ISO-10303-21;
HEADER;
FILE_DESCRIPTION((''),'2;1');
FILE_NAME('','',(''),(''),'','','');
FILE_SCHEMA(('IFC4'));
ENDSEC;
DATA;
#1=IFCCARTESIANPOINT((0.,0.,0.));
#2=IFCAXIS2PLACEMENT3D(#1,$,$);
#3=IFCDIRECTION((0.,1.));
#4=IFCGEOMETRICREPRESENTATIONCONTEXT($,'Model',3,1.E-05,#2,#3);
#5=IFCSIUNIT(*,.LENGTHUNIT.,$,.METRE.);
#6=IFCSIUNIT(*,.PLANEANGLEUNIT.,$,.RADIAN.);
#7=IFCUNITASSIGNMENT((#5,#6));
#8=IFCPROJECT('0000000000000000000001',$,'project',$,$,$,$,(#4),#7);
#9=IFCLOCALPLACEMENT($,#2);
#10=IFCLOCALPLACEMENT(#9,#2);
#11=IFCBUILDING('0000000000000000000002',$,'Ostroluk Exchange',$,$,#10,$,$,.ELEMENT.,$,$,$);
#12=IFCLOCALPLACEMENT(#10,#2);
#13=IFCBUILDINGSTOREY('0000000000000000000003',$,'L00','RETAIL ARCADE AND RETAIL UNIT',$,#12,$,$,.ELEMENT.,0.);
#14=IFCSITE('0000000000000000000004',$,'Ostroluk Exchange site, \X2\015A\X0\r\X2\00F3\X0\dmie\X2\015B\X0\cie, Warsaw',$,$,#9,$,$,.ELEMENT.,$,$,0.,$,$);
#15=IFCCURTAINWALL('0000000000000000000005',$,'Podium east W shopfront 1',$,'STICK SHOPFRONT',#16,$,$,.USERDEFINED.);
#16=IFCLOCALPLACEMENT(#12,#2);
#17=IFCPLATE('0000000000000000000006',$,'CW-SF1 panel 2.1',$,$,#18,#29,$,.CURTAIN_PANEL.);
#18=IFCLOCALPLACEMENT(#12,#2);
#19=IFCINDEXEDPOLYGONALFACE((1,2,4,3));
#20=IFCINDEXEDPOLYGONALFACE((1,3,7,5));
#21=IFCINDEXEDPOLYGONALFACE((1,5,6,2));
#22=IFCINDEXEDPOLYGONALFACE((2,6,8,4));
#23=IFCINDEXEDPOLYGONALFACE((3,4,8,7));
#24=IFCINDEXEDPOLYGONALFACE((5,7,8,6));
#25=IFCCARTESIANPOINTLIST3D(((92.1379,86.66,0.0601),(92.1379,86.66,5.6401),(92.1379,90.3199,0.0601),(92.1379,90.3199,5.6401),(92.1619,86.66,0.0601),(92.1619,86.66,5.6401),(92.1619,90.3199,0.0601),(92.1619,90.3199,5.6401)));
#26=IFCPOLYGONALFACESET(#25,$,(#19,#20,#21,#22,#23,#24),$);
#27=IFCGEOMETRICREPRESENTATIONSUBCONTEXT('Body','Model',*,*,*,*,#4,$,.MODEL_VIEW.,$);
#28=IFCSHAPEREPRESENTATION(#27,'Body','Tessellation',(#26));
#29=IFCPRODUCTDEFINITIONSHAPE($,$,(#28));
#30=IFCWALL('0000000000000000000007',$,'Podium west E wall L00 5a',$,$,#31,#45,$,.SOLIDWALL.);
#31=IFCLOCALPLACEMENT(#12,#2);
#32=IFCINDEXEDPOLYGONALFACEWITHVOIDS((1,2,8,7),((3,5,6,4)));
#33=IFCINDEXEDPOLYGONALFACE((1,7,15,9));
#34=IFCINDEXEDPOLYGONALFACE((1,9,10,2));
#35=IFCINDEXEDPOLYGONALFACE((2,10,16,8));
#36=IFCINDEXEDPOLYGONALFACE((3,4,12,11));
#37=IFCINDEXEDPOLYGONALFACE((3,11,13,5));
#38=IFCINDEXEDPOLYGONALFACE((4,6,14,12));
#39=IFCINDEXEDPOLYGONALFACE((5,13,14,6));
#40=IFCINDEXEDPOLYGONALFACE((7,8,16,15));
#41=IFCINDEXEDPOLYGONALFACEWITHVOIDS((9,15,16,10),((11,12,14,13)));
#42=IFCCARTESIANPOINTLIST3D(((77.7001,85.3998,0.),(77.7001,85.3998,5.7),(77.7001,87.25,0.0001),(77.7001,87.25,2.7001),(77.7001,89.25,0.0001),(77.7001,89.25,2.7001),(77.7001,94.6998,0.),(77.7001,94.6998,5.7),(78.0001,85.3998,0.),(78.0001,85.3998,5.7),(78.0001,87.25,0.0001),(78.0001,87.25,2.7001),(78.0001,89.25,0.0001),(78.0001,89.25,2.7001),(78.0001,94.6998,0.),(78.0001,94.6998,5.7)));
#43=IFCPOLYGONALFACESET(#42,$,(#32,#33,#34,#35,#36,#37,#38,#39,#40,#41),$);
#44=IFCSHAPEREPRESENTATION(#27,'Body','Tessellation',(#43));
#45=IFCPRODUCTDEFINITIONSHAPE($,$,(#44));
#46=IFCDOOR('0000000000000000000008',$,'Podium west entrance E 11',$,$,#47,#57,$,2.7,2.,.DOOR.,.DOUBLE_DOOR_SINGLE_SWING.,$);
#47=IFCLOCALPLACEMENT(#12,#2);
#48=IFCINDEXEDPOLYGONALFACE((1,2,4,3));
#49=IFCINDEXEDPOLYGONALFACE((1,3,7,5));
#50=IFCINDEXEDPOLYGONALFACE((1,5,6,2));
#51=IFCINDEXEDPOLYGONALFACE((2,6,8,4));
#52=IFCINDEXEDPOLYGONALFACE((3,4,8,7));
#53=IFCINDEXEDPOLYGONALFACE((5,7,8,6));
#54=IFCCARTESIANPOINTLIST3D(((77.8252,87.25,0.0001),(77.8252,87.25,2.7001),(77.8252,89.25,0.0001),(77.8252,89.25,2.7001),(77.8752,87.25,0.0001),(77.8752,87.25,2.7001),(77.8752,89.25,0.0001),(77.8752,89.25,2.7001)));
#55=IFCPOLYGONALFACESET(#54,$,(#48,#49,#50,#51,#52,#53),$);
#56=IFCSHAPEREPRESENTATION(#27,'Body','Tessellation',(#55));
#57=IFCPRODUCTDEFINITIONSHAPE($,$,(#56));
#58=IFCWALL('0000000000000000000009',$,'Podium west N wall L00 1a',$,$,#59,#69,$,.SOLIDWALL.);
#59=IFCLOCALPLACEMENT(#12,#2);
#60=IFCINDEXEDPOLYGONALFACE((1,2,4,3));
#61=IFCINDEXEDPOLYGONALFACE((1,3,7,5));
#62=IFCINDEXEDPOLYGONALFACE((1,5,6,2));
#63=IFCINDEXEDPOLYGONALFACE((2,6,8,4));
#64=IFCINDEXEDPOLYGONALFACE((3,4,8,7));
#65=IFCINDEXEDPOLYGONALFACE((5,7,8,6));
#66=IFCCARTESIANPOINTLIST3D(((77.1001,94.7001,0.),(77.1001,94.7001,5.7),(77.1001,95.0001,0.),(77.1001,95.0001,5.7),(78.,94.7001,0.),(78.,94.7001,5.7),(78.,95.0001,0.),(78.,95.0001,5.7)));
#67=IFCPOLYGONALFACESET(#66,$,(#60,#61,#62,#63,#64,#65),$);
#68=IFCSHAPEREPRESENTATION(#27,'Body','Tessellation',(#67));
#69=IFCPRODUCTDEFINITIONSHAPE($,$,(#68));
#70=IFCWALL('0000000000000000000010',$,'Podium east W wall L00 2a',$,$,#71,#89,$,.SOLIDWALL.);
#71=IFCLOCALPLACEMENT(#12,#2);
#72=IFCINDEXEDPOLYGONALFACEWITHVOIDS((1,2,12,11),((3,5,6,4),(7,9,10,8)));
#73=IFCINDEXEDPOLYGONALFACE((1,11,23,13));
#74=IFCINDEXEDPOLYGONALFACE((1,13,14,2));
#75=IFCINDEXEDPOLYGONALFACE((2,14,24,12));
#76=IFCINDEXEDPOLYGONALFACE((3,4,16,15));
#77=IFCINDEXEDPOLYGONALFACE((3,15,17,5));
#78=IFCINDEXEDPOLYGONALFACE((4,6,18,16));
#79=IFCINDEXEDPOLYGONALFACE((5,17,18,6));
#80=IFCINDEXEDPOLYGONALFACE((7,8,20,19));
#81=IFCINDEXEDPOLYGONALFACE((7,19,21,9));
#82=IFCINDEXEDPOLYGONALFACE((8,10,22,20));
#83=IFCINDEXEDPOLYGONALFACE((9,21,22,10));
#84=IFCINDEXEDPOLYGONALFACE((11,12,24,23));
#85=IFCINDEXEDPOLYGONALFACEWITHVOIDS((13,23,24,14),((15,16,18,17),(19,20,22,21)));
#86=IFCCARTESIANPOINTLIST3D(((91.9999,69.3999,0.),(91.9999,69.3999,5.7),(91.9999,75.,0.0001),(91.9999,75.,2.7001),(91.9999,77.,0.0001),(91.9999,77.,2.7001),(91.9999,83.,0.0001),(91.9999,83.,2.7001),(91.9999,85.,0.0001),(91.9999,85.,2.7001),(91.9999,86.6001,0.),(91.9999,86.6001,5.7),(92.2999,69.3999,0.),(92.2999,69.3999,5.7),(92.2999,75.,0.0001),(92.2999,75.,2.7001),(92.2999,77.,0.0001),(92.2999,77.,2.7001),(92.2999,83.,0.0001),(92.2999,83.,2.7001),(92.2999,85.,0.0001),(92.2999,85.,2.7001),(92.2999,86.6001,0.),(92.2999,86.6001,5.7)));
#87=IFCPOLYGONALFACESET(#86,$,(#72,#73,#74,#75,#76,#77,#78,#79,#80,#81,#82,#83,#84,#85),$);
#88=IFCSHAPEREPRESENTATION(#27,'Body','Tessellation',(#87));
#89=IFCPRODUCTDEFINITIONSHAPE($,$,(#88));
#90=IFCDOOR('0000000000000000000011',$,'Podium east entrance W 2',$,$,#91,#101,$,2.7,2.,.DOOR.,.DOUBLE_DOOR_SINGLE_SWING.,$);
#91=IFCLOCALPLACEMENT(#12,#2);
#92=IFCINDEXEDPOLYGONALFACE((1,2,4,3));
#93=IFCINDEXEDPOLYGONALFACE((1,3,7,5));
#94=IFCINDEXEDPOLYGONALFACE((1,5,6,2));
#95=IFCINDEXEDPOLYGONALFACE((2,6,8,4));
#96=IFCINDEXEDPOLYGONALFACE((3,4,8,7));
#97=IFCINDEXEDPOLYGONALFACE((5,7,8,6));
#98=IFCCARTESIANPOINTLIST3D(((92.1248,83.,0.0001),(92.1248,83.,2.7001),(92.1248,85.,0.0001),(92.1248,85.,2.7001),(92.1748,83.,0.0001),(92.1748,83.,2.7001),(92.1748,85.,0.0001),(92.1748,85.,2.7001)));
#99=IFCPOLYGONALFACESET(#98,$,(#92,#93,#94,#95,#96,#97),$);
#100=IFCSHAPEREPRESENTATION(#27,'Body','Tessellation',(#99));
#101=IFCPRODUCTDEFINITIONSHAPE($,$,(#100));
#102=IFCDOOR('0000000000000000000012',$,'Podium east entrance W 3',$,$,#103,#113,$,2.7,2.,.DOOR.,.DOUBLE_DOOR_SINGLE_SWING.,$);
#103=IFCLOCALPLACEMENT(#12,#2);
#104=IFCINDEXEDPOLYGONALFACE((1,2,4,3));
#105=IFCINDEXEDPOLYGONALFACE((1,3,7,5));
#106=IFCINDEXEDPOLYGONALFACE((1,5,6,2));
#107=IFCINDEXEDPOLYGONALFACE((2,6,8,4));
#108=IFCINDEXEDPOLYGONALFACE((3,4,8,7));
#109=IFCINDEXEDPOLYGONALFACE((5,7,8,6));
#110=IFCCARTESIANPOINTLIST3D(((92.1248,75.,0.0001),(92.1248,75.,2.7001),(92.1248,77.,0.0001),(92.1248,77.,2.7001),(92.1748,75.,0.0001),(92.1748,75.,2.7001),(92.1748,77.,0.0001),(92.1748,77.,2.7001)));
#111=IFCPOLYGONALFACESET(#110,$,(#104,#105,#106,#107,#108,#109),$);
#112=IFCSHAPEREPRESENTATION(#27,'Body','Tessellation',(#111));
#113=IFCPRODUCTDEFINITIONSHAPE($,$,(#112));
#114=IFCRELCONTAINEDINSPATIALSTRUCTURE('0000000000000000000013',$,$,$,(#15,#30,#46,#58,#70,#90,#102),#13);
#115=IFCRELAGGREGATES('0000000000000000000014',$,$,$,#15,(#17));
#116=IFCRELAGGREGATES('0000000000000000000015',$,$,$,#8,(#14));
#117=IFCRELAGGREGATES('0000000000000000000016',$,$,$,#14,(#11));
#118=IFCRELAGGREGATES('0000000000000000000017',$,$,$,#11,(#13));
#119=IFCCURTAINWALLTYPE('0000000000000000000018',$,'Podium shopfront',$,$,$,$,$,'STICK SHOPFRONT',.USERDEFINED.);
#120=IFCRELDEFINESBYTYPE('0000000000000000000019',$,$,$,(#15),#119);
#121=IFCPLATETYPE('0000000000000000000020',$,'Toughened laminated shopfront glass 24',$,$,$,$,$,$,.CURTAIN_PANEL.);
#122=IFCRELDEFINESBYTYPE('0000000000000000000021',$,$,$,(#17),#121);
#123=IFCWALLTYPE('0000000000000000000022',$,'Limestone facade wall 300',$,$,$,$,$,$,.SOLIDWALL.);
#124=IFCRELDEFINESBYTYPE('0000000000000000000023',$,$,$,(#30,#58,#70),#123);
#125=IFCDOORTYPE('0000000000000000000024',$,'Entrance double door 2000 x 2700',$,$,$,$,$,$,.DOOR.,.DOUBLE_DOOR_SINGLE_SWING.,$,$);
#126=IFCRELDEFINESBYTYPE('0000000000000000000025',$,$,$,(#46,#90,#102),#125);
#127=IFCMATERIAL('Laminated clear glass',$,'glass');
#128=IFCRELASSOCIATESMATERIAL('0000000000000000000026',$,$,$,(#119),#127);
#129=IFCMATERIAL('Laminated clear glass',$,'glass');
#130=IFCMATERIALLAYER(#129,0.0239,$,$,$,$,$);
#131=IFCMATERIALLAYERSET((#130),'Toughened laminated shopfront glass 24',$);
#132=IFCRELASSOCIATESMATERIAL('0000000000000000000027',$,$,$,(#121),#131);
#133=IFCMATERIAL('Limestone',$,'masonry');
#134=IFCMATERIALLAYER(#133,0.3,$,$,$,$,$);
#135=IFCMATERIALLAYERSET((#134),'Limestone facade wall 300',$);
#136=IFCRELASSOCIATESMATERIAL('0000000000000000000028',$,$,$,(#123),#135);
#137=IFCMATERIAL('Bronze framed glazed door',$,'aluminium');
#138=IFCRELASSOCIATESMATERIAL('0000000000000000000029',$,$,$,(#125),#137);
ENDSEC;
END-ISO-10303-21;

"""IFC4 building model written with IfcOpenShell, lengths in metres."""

from ifc_helpers import new_model, si_unit, direction, frame, frame_2d, origin, origin_2d, place, context, subcontext, project, spatial, rectangle, extrude, material, layer, layer_set, type_object, element, fill, aggregate, save


model = new_model("IFC4")

# Units and contexts
model_context = context("Model", 3, precision=1e-05, world=origin(), true_north=direction((0.0, 1.0)))
body_context = subcontext(model_context, "Body", "Model", "MODEL_VIEW")
ifc_project = project(units=[si_unit("LENGTHUNIT", "METRE"), si_unit("PLANEANGLEUNIT", "RADIAN")], contexts=[model_context])

# Site, building, storey
site_placement = place(None, origin())
site = spatial("IfcSite", under=ifc_project, at=site_placement, Name="Ostroluk Exchange site, Śródmieście, Warsaw", CompositionType="ELEMENT", RefElevation=0.0)
building_placement = place(site_placement, origin())
building = spatial("IfcBuilding", under=site, at=building_placement, Name="Ostroluk Exchange", CompositionType="ELEMENT")
storey_placement = place(building_placement, origin())
storey = spatial("IfcBuildingStorey", under=building, at=storey_placement, Name="L00", Description="RETAIL ARCADE AND RETAIL UNIT", CompositionType="ELEMENT", Elevation=0.0)

# Curtain wall
ifc_material_1 = material(Name="Laminated clear glass", Category="glass")
curtain_wall_type = type_object("IfcCurtainWallType", Name="Podium shopfront", ElementType="STICK SHOPFRONT", PredefinedType="USERDEFINED", material=ifc_material_1)
curtain_wall_1_placement = place(storey_placement, origin())
curtain_wall_1 = element("IfcCurtainWall", 1, at=curtain_wall_1_placement, inside=storey, type_object=curtain_wall_type, Name="Podium east W shopfront 1", ObjectType="STICK SHOPFRONT", PredefinedType="USERDEFINED")

# Plate
ifc_material_2 = material(Name="Laminated clear glass", Category="glass")
ifc_layer_1 = layer(ifc_material_2, 0.0239)
ifc_layer_set_1 = layer_set([ifc_layer_1], Name="Toughened laminated shopfront glass 24")
plate_type = type_object("IfcPlateType", Name="Toughened laminated shopfront glass 24", PredefinedType="CURTAIN_PANEL", material=ifc_layer_set_1)
plate_1_placement = place(storey_placement, frame((92.1499, 88.49, 0.0601), z_axis=(0.0, 0.0, 1.0), x_axis=(0.0, -1.0, 0.0)))
plate_1 = element("IfcPlate", 2, at=plate_1_placement, type_object=plate_type, Name="CW-SF1 panel 2.1", PredefinedType="CURTAIN_PANEL", context=body_context, shape_type="SweptSolid", body=[
    extrude(rectangle(XDim=3.6599, YDim=0.0239, at=origin_2d()), origin(), (0.0, 0.0, 1.0), 5.5801),
])
aggregate(curtain_wall_1, [plate_1])

# Wall, opening, door
ifc_material_3 = material(Name="Limestone", Category="masonry")
ifc_layer_2 = layer(ifc_material_3, 0.3)
ifc_layer_set_2 = layer_set([ifc_layer_2], Name="Limestone facade wall 300")
wall_type = type_object("IfcWallType", Name="Limestone facade wall 300", PredefinedType="SOLIDWALL", material=ifc_layer_set_2)
wall_1_placement = place(storey_placement, frame((77.8501, 85.3999, 0.0), z_axis=(0.0, 0.0, 1.0), x_axis=(0.0, 1.0, 0.0)))
wall_1 = element("IfcWall", 3, at=wall_1_placement, inside=storey, type_object=wall_type, Name="Podium west E wall L00 5a", PredefinedType="SOLIDWALL", context=body_context, shape_type="SweptSolid", body=[
    extrude(rectangle(XDim=9.3, YDim=0.3, at=frame_2d((4.6499, 0.0))), origin(), (0.0, 0.0, 1.0), 5.7),
])
opening_1_placement = place(wall_1_placement, frame((1.8501, 0.0, 0.0)))
opening_1 = element("IfcOpeningElement", 4, at=opening_1_placement, cuts=wall_1, PredefinedType="OPENING", context=body_context, shape_type="SweptSolid", body=[
    extrude(rectangle(XDim=2.0, YDim=2.7, at=frame_2d((1.0, 1.3501))), frame((0.0, 0.1599, 0.0), z_axis=(0.0, -1.0, 0.0), x_axis=(1.0, 0.0, 0.0)), (0.0, 0.0, 1.0), 0.3201),
])
ifc_material_4 = material(Name="Bronze framed glazed door", Category="aluminium")
door_type = type_object("IfcDoorType", Name="Entrance double door 2000 x 2700", OperationType="DOUBLE_DOOR_SINGLE_SWING", PredefinedType="DOOR", material=ifc_material_4)
door_1_placement = place(opening_1_placement, origin())
door_1 = element("IfcDoor", 5, at=door_1_placement, inside=storey, type_object=door_type, Name="Podium west entrance E 11", OperationType="DOUBLE_DOOR_SINGLE_SWING", OverallHeight=2.7, OverallWidth=2.0, PredefinedType="DOOR", context=body_context, shape_type="SweptSolid", body=[
    extrude(rectangle(XDim=2.0, YDim=2.7, at=frame_2d((1.0, 1.3501))), frame((0.0, 0.0249, 0.0), z_axis=(0.0, -1.0, 0.0), x_axis=(1.0, 0.0, 0.0)), (0.0, 0.0, 1.0), 0.05),
])
fill(opening_1, door_1)

# Wall
wall_2_placement = place(storey_placement, frame((78.0, 94.8501, 0.0), z_axis=(0.0, 0.0, 1.0), x_axis=(-1.0, 0.0, 0.0)))
element("IfcWall", 6, at=wall_2_placement, inside=storey, type_object=wall_type, Name="Podium west N wall L00 1a", PredefinedType="SOLIDWALL", context=body_context, shape_type="SweptSolid", body=[
    extrude(rectangle(XDim=0.8999, YDim=0.3, at=frame_2d((0.45, 0.0))), origin(), (0.0, 0.0, 1.0), 5.7),
])

# Wall, openings, doors
wall_3_placement = place(storey_placement, frame((92.1499, 86.6001, 0.0), z_axis=(0.0, 0.0, 1.0), x_axis=(0.0, -1.0, 0.0)))
wall_3 = element("IfcWall", 7, at=wall_3_placement, inside=storey, type_object=wall_type, Name="Podium east W wall L00 2a", PredefinedType="SOLIDWALL", context=body_context, shape_type="SweptSolid", body=[
    extrude(rectangle(XDim=17.2002, YDim=0.3, at=frame_2d((8.6001, 0.0))), origin(), (0.0, 0.0, 1.0), 5.7),
])
opening_2_placement = place(wall_3_placement, frame((1.6001, 0.0, 0.0)))
opening_2 = element("IfcOpeningElement", 8, at=opening_2_placement, cuts=wall_3, PredefinedType="OPENING", context=body_context, shape_type="SweptSolid", body=[
    extrude(rectangle(XDim=2.0, YDim=2.7, at=frame_2d((1.0, 1.3501))), frame((0.0, 0.1599, 0.0), z_axis=(0.0, -1.0, 0.0), x_axis=(1.0, 0.0, 0.0)), (0.0, 0.0, 1.0), 0.3201),
])
opening_3_placement = place(wall_3_placement, frame((9.6001, 0.0, 0.0)))
opening_3 = element("IfcOpeningElement", 9, at=opening_3_placement, cuts=wall_3, PredefinedType="OPENING", context=body_context, shape_type="SweptSolid", body=[
    extrude(rectangle(XDim=2.0, YDim=2.7, at=frame_2d((1.0, 1.3501))), frame((0.0, 0.1599, 0.0), z_axis=(0.0, -1.0, 0.0), x_axis=(1.0, 0.0, 0.0)), (0.0, 0.0, 1.0), 0.3201),
])
door_2_placement = place(opening_2_placement, origin())
door_2 = element("IfcDoor", 10, at=door_2_placement, inside=storey, type_object=door_type, Name="Podium east entrance W 2", OperationType="DOUBLE_DOOR_SINGLE_SWING", OverallHeight=2.7, OverallWidth=2.0, PredefinedType="DOOR", context=body_context, shape_type="SweptSolid", body=[
    extrude(rectangle(XDim=2.0, YDim=2.7, at=frame_2d((1.0, 1.3501))), frame((0.0, 0.0249, 0.0), z_axis=(0.0, -1.0, 0.0), x_axis=(1.0, 0.0, 0.0)), (0.0, 0.0, 1.0), 0.05),
])
fill(opening_2, door_2)
door_3_placement = place(opening_3_placement, origin())
door_3 = element("IfcDoor", 11, at=door_3_placement, inside=storey, type_object=door_type, Name="Podium east entrance W 3", OperationType="DOUBLE_DOOR_SINGLE_SWING", OverallHeight=2.7, OverallWidth=2.0, PredefinedType="DOOR", context=body_context, shape_type="SweptSolid", body=[
    extrude(rectangle(XDim=2.0, YDim=2.7, at=frame_2d((1.0, 1.3501))), frame((0.0, 0.0249, 0.0), z_axis=(0.0, -1.0, 0.0), x_axis=(1.0, 0.0, 0.0)), (0.0, 0.0, 1.0), 0.05),
])
fill(opening_3, door_3)

save(model, "model.ifc")
